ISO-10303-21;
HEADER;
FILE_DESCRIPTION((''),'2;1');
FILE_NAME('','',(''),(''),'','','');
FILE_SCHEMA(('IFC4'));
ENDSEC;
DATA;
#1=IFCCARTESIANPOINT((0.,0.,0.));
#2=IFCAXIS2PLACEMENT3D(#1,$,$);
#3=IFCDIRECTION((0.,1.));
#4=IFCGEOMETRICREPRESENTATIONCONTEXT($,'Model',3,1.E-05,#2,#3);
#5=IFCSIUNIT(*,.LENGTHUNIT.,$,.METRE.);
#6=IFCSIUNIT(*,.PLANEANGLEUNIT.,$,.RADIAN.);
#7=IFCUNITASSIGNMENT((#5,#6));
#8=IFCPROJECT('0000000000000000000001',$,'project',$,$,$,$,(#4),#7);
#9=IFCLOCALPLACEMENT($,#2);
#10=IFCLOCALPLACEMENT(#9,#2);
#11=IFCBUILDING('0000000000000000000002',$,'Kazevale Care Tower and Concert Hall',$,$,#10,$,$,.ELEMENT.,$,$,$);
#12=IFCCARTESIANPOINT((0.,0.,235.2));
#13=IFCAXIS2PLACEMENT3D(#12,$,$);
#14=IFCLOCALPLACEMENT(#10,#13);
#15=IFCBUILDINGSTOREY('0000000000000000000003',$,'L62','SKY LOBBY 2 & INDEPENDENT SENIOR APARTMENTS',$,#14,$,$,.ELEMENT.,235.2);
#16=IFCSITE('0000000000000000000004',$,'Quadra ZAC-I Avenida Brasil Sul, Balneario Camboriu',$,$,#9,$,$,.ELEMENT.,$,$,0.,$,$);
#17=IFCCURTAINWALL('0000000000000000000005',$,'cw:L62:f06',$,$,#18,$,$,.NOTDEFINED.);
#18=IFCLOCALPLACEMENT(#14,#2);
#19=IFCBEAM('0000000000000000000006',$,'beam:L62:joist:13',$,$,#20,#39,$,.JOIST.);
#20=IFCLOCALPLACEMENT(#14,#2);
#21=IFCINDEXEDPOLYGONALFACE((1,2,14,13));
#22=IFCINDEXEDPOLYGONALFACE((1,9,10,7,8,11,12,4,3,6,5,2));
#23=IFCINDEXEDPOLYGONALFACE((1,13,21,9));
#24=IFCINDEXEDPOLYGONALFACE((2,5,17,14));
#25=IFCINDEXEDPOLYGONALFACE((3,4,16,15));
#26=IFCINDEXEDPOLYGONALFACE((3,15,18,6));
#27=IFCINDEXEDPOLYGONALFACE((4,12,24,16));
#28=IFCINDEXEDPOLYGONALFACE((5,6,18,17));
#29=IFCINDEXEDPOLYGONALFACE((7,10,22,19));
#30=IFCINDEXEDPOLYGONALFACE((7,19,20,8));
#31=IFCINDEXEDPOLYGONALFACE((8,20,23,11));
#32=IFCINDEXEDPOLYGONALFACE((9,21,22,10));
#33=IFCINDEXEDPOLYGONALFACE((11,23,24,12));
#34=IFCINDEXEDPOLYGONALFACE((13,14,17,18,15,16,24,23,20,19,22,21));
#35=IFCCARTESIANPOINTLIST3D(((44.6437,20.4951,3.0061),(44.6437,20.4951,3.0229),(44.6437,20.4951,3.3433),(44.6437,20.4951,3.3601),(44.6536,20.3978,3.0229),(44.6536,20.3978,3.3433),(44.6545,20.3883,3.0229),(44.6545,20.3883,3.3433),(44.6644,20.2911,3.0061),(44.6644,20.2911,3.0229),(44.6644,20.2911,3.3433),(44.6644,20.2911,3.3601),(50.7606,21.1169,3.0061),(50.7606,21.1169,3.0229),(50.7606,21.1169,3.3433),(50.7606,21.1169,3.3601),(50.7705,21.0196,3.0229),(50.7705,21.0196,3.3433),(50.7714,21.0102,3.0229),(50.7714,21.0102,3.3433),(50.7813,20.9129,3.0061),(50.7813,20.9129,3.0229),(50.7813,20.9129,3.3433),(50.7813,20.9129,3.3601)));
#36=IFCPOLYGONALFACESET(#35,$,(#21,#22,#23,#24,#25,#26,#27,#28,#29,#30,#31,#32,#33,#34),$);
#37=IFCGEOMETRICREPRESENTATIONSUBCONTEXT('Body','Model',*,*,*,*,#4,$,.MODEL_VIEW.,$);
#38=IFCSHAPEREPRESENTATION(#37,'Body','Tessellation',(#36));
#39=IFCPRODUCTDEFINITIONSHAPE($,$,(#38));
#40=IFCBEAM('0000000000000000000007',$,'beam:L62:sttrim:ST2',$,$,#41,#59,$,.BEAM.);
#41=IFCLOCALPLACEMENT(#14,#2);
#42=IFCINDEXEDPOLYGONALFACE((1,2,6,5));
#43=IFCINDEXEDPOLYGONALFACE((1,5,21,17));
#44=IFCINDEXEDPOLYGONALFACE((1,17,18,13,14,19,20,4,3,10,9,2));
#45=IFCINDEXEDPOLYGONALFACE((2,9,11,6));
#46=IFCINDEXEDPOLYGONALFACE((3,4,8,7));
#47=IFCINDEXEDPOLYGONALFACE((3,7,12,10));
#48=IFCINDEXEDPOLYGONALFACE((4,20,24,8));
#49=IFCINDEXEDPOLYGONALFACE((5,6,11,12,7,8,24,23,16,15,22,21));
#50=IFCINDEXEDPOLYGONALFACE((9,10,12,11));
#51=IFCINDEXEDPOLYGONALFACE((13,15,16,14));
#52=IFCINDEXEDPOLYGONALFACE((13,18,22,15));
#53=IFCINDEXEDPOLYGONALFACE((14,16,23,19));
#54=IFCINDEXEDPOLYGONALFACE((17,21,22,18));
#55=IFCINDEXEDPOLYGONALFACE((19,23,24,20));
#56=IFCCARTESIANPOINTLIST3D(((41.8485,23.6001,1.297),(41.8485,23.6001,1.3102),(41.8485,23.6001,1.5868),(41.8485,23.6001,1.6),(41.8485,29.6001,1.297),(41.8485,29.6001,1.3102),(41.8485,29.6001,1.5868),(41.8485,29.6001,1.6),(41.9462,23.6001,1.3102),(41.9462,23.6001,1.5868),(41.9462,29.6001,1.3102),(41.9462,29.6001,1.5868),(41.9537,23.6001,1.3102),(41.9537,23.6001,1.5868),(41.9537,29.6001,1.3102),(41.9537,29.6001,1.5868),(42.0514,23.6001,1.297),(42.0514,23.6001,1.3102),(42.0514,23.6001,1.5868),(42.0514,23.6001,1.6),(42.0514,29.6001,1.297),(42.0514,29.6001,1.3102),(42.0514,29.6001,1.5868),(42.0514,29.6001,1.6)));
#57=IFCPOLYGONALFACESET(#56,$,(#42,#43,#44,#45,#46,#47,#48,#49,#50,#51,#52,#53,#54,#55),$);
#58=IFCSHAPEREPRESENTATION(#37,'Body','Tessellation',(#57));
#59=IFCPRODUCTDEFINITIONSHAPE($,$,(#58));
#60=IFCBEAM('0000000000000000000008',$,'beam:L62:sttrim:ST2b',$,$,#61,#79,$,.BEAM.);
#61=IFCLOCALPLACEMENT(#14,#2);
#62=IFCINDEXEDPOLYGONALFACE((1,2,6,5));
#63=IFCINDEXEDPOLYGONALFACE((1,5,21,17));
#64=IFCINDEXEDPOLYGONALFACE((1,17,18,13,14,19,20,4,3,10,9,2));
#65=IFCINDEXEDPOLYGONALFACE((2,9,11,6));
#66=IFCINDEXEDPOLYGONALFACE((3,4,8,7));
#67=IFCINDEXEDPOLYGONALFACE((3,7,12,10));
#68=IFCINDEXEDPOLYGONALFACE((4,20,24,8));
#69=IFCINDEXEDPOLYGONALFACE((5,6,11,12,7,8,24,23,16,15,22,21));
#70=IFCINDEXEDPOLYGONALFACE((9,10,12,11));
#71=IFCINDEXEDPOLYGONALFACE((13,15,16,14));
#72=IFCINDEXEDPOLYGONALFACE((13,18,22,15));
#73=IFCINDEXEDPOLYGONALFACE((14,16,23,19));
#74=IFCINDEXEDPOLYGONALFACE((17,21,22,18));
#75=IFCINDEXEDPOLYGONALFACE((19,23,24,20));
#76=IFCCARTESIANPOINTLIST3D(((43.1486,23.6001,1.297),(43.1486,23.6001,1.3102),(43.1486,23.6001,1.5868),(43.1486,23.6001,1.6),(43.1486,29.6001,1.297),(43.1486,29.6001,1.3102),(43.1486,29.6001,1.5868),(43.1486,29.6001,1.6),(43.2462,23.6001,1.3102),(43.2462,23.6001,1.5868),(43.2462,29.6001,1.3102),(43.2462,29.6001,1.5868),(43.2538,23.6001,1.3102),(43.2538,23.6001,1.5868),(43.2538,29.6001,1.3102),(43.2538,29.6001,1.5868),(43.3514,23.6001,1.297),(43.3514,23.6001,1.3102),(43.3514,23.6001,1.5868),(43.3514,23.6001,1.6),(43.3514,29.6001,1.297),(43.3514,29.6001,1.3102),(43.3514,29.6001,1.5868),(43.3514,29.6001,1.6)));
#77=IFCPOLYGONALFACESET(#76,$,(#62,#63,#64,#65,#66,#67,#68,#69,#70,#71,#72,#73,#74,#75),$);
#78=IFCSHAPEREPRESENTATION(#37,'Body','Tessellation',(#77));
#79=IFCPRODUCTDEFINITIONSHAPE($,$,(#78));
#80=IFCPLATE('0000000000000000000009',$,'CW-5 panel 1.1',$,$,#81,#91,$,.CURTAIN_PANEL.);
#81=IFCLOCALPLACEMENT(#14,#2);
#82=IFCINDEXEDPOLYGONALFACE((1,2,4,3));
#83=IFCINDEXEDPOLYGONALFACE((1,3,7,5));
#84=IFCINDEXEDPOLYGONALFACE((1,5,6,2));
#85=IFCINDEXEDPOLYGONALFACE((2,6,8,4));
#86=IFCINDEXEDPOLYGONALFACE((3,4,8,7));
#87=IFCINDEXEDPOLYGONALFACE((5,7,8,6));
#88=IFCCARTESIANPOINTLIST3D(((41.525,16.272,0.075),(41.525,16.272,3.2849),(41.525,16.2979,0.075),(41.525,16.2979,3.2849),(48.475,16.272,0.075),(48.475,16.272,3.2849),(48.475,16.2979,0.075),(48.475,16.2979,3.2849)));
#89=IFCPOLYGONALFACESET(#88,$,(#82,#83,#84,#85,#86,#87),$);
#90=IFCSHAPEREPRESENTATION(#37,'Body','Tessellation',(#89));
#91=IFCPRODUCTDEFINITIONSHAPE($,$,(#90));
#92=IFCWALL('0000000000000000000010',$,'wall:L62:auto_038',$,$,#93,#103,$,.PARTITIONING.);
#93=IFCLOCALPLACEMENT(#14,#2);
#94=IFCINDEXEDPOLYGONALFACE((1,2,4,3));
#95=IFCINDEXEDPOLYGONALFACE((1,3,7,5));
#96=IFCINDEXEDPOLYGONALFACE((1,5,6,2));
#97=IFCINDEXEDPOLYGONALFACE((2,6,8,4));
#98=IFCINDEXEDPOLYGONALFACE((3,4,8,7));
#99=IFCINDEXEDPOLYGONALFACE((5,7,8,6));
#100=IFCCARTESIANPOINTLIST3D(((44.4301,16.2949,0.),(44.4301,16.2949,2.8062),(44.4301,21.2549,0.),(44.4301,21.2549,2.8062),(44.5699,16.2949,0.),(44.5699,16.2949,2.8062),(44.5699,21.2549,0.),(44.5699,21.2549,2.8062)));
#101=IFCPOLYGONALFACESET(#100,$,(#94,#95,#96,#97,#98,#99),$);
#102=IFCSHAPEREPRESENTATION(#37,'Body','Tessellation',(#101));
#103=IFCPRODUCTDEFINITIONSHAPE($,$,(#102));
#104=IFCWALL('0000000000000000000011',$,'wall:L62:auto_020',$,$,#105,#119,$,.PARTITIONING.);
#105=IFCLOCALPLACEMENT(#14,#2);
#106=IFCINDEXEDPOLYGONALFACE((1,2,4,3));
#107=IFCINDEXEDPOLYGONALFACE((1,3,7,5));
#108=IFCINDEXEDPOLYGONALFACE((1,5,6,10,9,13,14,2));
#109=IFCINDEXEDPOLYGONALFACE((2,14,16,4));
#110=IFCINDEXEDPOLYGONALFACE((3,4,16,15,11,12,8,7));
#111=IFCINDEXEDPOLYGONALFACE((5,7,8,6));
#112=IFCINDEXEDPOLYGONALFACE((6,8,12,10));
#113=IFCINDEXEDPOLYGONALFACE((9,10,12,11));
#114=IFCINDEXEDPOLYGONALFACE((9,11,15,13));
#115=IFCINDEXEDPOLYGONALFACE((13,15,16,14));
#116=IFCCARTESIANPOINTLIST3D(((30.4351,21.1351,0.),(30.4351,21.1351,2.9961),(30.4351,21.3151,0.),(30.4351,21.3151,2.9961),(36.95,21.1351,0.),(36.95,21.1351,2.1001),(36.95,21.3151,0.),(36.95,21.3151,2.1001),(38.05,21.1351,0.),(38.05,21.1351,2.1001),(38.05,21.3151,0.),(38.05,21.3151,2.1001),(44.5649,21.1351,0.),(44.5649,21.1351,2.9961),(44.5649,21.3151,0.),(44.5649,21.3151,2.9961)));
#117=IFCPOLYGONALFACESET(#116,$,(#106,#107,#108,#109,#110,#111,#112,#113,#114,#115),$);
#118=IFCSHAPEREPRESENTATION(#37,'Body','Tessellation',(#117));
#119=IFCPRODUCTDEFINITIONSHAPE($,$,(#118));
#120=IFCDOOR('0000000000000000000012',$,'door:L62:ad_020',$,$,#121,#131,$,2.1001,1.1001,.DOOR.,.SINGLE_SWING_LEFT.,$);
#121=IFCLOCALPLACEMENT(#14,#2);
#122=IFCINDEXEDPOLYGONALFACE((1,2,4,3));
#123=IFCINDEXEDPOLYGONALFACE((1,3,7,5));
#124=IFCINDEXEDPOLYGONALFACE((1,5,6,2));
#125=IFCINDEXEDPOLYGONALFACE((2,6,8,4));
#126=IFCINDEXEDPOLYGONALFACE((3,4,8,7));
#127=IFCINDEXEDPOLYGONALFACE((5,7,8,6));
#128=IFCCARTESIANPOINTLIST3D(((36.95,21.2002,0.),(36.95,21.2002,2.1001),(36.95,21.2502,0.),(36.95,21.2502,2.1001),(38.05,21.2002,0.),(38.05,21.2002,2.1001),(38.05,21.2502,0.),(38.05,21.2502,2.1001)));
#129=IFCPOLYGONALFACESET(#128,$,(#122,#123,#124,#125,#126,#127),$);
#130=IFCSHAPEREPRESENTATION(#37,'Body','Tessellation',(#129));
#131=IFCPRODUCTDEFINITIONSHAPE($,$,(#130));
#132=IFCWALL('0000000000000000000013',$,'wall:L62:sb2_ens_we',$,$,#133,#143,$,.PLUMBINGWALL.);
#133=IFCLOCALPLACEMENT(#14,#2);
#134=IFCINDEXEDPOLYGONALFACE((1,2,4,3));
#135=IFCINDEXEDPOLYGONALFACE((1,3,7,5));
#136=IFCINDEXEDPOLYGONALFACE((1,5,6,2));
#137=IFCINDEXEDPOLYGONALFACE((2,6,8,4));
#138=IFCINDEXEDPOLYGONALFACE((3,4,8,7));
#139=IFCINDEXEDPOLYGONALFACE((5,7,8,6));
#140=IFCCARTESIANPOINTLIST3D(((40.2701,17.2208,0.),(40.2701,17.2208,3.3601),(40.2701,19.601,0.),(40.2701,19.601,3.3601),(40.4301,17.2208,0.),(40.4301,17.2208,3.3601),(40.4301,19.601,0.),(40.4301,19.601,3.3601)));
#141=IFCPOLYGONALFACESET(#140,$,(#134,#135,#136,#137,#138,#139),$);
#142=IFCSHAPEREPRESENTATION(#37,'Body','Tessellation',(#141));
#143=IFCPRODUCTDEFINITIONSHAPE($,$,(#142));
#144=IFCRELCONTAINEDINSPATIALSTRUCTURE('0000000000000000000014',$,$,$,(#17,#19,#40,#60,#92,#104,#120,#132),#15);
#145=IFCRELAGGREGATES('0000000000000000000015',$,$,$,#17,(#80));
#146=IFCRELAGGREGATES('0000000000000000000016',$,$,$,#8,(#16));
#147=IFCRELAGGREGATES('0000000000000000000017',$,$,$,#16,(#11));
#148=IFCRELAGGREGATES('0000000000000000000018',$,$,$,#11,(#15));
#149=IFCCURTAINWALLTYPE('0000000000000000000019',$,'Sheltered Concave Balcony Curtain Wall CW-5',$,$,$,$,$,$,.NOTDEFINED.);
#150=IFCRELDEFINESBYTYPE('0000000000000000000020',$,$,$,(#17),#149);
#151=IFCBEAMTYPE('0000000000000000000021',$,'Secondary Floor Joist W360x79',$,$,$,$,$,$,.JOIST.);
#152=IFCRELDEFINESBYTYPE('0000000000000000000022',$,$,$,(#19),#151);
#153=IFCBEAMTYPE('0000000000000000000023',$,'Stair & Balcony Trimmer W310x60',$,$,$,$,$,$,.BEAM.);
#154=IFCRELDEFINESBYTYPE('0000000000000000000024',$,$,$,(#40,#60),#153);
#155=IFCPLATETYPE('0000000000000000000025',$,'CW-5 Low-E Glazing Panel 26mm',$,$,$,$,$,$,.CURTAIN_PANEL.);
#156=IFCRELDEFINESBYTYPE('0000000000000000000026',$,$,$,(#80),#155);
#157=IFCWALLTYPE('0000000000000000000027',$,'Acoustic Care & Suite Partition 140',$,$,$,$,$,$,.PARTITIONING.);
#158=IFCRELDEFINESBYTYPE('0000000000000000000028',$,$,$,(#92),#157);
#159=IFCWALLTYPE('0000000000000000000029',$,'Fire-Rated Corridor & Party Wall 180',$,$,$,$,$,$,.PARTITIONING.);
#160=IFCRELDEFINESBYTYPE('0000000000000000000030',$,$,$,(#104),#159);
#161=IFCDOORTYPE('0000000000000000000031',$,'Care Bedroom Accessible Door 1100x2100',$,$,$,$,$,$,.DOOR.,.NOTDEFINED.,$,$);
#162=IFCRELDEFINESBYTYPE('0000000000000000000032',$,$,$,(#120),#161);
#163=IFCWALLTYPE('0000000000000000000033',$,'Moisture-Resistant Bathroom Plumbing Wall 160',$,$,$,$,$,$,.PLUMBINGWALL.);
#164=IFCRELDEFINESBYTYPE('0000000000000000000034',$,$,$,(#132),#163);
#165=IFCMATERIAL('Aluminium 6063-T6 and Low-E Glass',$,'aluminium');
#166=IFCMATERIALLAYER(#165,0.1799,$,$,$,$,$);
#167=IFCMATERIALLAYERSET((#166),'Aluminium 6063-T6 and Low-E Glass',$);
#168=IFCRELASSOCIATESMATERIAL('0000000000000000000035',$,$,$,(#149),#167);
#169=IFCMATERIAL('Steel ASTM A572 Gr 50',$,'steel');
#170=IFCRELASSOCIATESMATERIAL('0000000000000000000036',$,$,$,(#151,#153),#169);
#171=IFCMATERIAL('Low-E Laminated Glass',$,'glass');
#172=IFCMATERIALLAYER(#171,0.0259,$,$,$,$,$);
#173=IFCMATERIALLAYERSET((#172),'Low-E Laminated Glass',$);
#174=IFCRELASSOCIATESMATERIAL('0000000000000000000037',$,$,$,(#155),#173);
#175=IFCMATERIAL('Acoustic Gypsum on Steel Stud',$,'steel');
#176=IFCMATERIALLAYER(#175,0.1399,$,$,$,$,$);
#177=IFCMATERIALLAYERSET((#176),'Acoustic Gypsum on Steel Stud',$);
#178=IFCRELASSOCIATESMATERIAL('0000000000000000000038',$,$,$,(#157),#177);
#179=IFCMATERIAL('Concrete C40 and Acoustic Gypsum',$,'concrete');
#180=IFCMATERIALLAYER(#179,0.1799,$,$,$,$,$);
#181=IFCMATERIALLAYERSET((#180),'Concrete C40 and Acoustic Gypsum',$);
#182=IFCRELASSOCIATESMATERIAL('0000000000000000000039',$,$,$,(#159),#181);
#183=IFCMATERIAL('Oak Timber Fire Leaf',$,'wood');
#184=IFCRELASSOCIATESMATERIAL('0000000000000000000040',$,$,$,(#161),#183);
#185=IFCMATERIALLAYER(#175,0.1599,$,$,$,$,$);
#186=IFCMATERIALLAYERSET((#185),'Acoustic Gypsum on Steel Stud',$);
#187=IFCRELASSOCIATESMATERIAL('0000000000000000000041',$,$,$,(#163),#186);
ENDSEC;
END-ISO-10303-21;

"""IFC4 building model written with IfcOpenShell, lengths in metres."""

from ifc_helpers import new_model, si_unit, direction, frame, frame_2d, origin, origin_2d, place, context, subcontext, project, spatial, rectangle, i_section, extrude, material, layer, layer_set, material_profile, profile_set, type_object, element, fill, aggregate, save


model = new_model("IFC4")

# Units and contexts
model_context = context("Model", 3, precision=1e-05, world=origin(), true_north=direction((0.0, 1.0)))
body_context = subcontext(model_context, "Body", "Model", "MODEL_VIEW")
ifc_project = project(units=[si_unit("LENGTHUNIT", "METRE"), si_unit("PLANEANGLEUNIT", "RADIAN")], contexts=[model_context])

# Site, building, storey
site_placement = place(None, origin())
site = spatial("IfcSite", under=ifc_project, at=site_placement, Name="Quadra ZAC-I Avenida Brasil Sul, Balneario Camboriu", CompositionType="ELEMENT", RefElevation=0.0)
building_placement = place(site_placement, origin())
building = spatial("IfcBuilding", under=site, at=building_placement, Name="Kazevale Care Tower and Concert Hall", CompositionType="ELEMENT")
storey_placement = place(building_placement, frame((0.0, 0.0, 235.2)))
storey = spatial("IfcBuildingStorey", under=building, at=storey_placement, Name="L62", Description="SKY LOBBY 2 & INDEPENDENT SENIOR APARTMENTS", CompositionType="ELEMENT", Elevation=235.2)

# Curtain wall
ifc_material_1 = material(Name="Aluminium 6063-T6 and Low-E Glass", Category="aluminium")
ifc_layer_1 = layer(ifc_material_1, 0.1799)
ifc_layer_set_1 = layer_set([ifc_layer_1], Name="Aluminium 6063-T6 and Low-E Glass")
curtain_wall_type = type_object("IfcCurtainWallType", Name="Sheltered Concave Balcony Curtain Wall CW-5", PredefinedType="NOTDEFINED", material=ifc_layer_set_1)
curtain_wall_1_placement = place(storey_placement, origin())
curtain_wall_1 = element("IfcCurtainWall", 1, at=curtain_wall_1_placement, inside=storey, type_object=curtain_wall_type, Name="cw:L62:f06", PredefinedType="NOTDEFINED")

# Beams
ifc_material_2 = material(Name="Steel ASTM A572 Gr 50", Category="steel")
ifc_material_profile_1 = material_profile(ifc_material_2, i_section(OverallWidth=0.2051, OverallDepth=0.354, WebThickness=0.0095, FlangeThickness=0.0168, at=origin_2d()), Name="W360x79")
ifc_profile_set_1 = profile_set([ifc_material_profile_1], Name="Steel ASTM A572 Gr 50")
beam_type_1 = type_object("IfcBeamType", Name="Secondary Floor Joist W360x79", PredefinedType="JOIST", material=ifc_profile_set_1)
beam_1_placement = place(storey_placement, frame((44.6541, 20.3931, 3.1831), z_axis=(0.994873, 0.101135, 0.0), x_axis=(-0.101135, 0.994873, 0.0)))
element("IfcBeam", 2, at=beam_1_placement, inside=storey, type_object=beam_type_1, Name="beam:L62:joist:13", PredefinedType="JOIST", context=body_context, shape_type="SweptSolid", body=[
    extrude(i_section(OverallWidth=0.2051, OverallDepth=0.354, WebThickness=0.0095, FlangeThickness=0.0168, at=origin_2d()), origin(), (0.0, 0.0, 1.0), 6.1484),
])
ifc_material_profile_2 = material_profile(ifc_material_2, i_section(OverallWidth=0.2029, OverallDepth=0.303, WebThickness=0.0076, FlangeThickness=0.0132, at=origin_2d()), Name="W310x60")
ifc_profile_set_2 = profile_set([ifc_material_profile_2], Name="Steel ASTM A572 Gr 50")
beam_type_2 = type_object("IfcBeamType", Name="Stair & Balcony Trimmer W310x60", PredefinedType="BEAM", material=ifc_profile_set_2)
for number, where, z_axis, x_axis, name in (
    (3, (41.95, 23.6001, 1.4485), (0.0, 1.0, 0.0), (-1.0, 0.0, 0.0), "beam:L62:sttrim:ST2"),
    (4, (43.25, 23.6001, 1.4485), (0.0, 1.0, 0.0), (-1.0, 0.0, 0.0), "beam:L62:sttrim:ST2b"),
):
    element("IfcBeam", number, at=place(storey_placement, frame(where, z_axis=z_axis, x_axis=x_axis)), inside=storey, type_object=beam_type_2, Name=name, PredefinedType="BEAM", context=body_context, shape_type="SweptSolid", body=[
        extrude(i_section(OverallWidth=0.2029, OverallDepth=0.303, WebThickness=0.0076, FlangeThickness=0.0132, at=origin_2d()), origin(), (0.0, 0.0, 1.0), 6.0),
    ])

# Plate
ifc_material_3 = material(Name="Low-E Laminated Glass", Category="glass")
ifc_layer_2 = layer(ifc_material_3, 0.0259)
ifc_layer_set_2 = layer_set([ifc_layer_2], Name="Low-E Laminated Glass")
plate_type = type_object("IfcPlateType", Name="CW-5 Low-E Glazing Panel 26mm", PredefinedType="CURTAIN_PANEL", material=ifc_layer_set_2)
plate_placement = place(storey_placement, frame((45.0, 16.2849, 0.075), z_axis=(0.0, 0.0, 1.0), x_axis=(-1.0, 0.0, 0.0)))
plate = element("IfcPlate", 5, at=plate_placement, type_object=plate_type, Name="CW-5 panel 1.1", PredefinedType="CURTAIN_PANEL", context=body_context, shape_type="SweptSolid", body=[
    extrude(rectangle(XDim=6.95, YDim=0.0259, at=origin_2d()), origin(), (0.0, 0.0, 1.0), 3.21),
])
aggregate(curtain_wall_1, [plate])

# Wall
ifc_material_4 = material(Name="Acoustic Gypsum on Steel Stud", Category="steel")
ifc_layer_3 = layer(ifc_material_4, 0.1399)
ifc_layer_set_3 = layer_set([ifc_layer_3], Name="Acoustic Gypsum on Steel Stud")
wall_type_1 = type_object("IfcWallType", Name="Acoustic Care & Suite Partition 140", PredefinedType="PARTITIONING", material=ifc_layer_set_3)
wall_1_placement = place(storey_placement, frame((44.5, 21.2549, 0.0), z_axis=(0.0, 0.0, 1.0), x_axis=(0.0, -1.0, 0.0)))
element("IfcWall", 6, at=wall_1_placement, inside=storey, type_object=wall_type_1, Name="wall:L62:auto_038", PredefinedType="PARTITIONING", context=body_context, shape_type="SweptSolid", body=[
    extrude(rectangle(XDim=4.96, YDim=0.1399, at=frame_2d((2.48, 0.0))), origin(), (0.0, 0.0, 1.0), 2.8062),
])

# Wall, opening, door
ifc_material_5 = material(Name="Oak Timber Fire Leaf", Category="wood")
ifc_material_6 = material(Name="Concrete C40 and Acoustic Gypsum", Category="concrete")
ifc_layer_4 = layer(ifc_material_6, 0.1799)
ifc_layer_set_4 = layer_set([ifc_layer_4], Name="Concrete C40 and Acoustic Gypsum")
wall_type_2 = type_object("IfcWallType", Name="Fire-Rated Corridor & Party Wall 180", PredefinedType="PARTITIONING", material=ifc_layer_set_4)
wall_2_placement = place(storey_placement, frame((44.5649, 21.2251, 0.0), z_axis=(0.0, 0.0, 1.0), x_axis=(-1.0, 0.0, 0.0)))
wall_2 = element("IfcWall", 7, at=wall_2_placement, inside=storey, type_object=wall_type_2, Name="wall:L62:auto_020", PredefinedType="PARTITIONING", context=body_context, shape_type="SweptSolid", body=[
    extrude(rectangle(XDim=14.1299, YDim=0.1799, at=frame_2d((7.0649, 0.0))), origin(), (0.0, 0.0, 1.0), 2.9961),
])
opening_1_placement = place(wall_2_placement, frame((6.5149, 0.0, 0.0)))
opening_1 = element("IfcOpeningElement", 8, at=opening_1_placement, cuts=wall_2, PredefinedType="OPENING", context=body_context, shape_type="SweptSolid", body=[
    extrude(rectangle(XDim=1.1001, YDim=2.1001, at=frame_2d((0.55, 1.05))), frame((0.0, 0.0999, 0.0), z_axis=(0.0, -1.0, 0.0), x_axis=(1.0, 0.0, 0.0)), (0.0, 0.0, 1.0), 0.2),
])
door_type_1 = type_object("IfcDoorType", Name="Care Bedroom Accessible Door 1100x2100", OperationType="NOTDEFINED", PredefinedType="DOOR", material=ifc_material_5)
door_1_placement = place(opening_1_placement, origin())
door_1 = element("IfcDoor", 9, at=door_1_placement, inside=storey, type_object=door_type_1, Name="door:L62:ad_020", OperationType="SINGLE_SWING_LEFT", OverallHeight=2.1001, OverallWidth=1.1001, PredefinedType="DOOR", context=body_context, shape_type="SweptSolid", body=[
    extrude(rectangle(XDim=1.1001, YDim=2.1001, at=frame_2d((0.55, 1.05))), frame((0.0, 0.0249, 0.0), z_axis=(0.0, -1.0, 0.0), x_axis=(1.0, 0.0, 0.0)), (0.0, 0.0, 1.0), 0.05),
])
fill(opening_1, door_1)

# Wall
ifc_layer_5 = layer(ifc_material_4, 0.1599)
ifc_layer_set_5 = layer_set([ifc_layer_5], Name="Acoustic Gypsum on Steel Stud")
wall_type_3 = type_object("IfcWallType", Name="Moisture-Resistant Bathroom Plumbing Wall 160", PredefinedType="PLUMBINGWALL", material=ifc_layer_set_5)
wall_3_placement = place(storey_placement, frame((40.3501, 17.2209, 0.0), z_axis=(0.0, 0.0, 1.0), x_axis=(0.0, 1.0, 0.0)))
element("IfcWall", 10, at=wall_3_placement, inside=storey, type_object=wall_type_3, Name="wall:L62:sb2_ens_we", PredefinedType="PLUMBINGWALL", context=body_context, shape_type="SweptSolid", body=[
    extrude(rectangle(XDim=2.3801, YDim=0.1599, at=frame_2d((1.1899, 0.0))), origin(), (0.0, 0.0, 1.0), 3.3601),
])

save(model, "model.ifc")
